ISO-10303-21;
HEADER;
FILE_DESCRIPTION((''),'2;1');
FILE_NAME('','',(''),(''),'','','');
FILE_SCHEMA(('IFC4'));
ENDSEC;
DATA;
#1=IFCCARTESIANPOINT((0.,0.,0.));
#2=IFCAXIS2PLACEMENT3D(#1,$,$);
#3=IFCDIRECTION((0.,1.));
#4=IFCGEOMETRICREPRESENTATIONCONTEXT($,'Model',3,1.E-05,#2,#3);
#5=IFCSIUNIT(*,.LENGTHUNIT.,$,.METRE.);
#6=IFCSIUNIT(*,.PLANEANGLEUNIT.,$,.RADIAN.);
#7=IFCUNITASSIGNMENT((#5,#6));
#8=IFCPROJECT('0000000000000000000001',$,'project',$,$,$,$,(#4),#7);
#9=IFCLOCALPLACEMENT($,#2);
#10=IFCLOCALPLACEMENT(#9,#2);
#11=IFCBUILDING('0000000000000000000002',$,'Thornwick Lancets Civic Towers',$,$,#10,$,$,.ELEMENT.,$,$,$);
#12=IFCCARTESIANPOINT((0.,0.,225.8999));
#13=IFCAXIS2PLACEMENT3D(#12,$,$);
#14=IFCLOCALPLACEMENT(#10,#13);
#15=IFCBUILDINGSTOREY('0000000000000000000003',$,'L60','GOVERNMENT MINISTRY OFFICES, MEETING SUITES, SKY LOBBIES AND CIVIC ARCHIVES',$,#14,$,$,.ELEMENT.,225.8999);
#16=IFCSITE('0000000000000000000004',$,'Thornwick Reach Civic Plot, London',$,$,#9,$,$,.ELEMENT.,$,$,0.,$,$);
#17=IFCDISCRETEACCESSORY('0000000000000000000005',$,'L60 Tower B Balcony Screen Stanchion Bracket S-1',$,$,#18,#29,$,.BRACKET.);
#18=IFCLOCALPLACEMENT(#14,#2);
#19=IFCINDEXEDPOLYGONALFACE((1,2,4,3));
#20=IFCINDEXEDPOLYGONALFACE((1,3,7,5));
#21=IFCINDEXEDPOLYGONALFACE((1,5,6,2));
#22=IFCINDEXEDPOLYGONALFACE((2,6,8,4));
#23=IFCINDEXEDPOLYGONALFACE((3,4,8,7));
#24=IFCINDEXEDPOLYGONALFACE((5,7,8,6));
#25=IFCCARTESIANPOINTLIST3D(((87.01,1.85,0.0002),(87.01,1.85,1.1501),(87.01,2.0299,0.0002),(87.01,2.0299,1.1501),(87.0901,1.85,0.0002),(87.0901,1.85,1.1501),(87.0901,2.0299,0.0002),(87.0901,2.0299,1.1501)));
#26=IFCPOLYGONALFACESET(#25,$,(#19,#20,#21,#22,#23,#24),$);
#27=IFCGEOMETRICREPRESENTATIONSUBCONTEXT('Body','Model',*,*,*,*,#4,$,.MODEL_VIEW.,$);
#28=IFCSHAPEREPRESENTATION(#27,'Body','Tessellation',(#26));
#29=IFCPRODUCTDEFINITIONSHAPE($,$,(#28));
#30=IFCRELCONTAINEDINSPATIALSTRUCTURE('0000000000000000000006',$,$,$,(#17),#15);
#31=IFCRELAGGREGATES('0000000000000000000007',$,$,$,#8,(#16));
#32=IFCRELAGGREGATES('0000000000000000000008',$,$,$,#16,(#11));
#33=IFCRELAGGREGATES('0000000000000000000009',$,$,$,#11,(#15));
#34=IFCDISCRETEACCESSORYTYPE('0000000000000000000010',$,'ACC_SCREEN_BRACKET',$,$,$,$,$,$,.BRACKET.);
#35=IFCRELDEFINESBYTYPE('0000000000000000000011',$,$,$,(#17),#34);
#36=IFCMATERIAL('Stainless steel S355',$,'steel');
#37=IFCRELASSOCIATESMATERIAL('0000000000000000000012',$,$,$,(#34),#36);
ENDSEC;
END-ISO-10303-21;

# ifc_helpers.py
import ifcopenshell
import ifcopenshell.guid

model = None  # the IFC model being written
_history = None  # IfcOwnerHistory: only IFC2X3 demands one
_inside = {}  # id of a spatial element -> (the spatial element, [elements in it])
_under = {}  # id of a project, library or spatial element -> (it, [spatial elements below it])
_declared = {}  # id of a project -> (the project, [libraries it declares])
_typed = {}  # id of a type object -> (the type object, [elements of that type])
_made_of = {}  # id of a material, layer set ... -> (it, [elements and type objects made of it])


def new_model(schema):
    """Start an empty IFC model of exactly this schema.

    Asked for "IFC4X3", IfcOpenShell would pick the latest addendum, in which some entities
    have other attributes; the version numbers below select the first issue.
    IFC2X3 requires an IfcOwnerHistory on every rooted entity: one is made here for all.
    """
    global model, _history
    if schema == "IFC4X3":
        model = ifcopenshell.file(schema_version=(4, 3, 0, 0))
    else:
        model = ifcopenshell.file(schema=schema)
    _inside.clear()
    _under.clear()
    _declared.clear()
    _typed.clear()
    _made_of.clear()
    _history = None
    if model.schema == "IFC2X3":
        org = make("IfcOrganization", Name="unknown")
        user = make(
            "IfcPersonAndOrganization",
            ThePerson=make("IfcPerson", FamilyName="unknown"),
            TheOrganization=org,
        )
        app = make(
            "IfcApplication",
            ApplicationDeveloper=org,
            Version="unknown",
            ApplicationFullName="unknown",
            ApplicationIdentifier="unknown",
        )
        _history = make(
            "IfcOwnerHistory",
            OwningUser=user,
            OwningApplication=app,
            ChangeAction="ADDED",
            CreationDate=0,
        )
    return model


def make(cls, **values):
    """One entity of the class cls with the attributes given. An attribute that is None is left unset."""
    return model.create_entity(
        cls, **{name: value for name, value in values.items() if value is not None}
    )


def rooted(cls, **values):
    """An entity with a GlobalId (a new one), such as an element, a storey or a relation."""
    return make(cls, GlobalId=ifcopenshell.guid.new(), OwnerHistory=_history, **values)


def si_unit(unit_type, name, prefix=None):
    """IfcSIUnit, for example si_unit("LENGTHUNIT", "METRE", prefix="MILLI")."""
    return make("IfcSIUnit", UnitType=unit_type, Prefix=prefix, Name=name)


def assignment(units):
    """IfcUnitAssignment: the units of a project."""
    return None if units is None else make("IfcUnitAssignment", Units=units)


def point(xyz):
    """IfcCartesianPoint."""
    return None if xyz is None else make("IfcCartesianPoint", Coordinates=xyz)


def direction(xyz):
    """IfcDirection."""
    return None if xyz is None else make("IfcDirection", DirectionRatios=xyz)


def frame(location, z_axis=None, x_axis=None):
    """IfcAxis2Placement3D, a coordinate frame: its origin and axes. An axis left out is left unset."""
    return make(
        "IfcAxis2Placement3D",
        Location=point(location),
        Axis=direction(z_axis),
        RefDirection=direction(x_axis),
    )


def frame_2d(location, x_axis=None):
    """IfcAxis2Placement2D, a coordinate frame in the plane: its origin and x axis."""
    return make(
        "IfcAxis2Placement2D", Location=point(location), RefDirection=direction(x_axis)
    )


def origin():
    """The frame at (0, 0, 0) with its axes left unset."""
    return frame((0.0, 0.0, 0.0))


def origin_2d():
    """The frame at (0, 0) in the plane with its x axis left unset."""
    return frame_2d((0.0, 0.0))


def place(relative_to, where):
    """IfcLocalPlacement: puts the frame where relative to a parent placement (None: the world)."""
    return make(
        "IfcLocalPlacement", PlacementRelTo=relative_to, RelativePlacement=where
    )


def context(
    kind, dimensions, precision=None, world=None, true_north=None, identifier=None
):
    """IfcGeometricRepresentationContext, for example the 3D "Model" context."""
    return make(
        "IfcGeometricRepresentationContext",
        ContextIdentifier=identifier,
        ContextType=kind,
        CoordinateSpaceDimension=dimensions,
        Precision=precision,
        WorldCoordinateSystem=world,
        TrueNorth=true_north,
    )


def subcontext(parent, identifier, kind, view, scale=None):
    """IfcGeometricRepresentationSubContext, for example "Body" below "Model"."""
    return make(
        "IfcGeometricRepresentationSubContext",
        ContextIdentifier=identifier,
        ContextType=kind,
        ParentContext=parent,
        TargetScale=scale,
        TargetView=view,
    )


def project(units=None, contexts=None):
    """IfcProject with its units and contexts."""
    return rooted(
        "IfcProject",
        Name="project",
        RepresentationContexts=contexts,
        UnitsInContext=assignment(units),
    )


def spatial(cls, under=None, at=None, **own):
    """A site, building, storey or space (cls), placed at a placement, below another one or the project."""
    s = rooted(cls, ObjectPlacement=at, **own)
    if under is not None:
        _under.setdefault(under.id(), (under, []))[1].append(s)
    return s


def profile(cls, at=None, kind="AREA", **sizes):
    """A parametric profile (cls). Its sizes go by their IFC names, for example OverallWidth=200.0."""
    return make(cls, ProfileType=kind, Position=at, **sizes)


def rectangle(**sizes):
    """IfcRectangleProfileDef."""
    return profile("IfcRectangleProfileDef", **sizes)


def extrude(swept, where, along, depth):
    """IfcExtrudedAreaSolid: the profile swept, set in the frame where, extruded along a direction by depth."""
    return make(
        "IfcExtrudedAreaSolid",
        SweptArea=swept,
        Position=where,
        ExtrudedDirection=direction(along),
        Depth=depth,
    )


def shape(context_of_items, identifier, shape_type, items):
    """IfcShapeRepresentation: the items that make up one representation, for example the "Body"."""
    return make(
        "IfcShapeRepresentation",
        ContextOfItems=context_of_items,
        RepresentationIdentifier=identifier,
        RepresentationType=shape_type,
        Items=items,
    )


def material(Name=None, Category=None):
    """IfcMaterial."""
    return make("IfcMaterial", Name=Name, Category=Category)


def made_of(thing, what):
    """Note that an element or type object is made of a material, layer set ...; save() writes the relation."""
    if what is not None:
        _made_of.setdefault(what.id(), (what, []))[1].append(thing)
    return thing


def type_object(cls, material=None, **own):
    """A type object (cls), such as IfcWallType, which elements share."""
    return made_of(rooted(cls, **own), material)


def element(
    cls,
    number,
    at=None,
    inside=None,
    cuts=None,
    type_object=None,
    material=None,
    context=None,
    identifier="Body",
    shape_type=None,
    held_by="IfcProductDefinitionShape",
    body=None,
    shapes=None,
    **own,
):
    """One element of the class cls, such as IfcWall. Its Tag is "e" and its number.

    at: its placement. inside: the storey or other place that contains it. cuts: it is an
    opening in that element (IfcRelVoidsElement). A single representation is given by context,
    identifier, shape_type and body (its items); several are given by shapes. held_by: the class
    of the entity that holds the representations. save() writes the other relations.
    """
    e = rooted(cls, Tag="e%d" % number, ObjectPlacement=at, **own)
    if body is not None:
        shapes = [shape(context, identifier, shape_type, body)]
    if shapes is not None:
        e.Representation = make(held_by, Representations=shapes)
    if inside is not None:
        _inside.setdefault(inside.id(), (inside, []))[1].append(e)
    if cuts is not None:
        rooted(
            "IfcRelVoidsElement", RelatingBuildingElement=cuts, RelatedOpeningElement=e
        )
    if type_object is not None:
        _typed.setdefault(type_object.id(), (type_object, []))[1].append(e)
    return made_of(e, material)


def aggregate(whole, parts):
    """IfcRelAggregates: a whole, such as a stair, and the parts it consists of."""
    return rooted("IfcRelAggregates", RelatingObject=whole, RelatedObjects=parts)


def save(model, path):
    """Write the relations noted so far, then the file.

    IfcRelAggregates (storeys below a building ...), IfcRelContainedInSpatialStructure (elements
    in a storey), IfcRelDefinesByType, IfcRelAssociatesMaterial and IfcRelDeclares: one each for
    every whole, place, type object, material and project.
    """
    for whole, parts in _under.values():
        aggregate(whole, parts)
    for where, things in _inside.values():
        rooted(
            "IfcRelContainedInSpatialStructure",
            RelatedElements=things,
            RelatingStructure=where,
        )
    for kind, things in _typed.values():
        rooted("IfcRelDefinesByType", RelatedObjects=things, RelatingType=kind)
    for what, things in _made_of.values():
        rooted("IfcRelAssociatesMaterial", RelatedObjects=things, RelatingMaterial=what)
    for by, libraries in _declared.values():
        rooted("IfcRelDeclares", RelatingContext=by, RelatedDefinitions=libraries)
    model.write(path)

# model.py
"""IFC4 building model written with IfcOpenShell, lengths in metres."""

from ifc_helpers import new_model, si_unit, direction, frame, origin, origin_2d, place, context, subcontext, project, spatial, rectangle, extrude, material, type_object, element, save


model = new_model("IFC4")

# Units and contexts
model_context = context("Model", 3, precision=1e-05, world=origin(), true_north=direction((0.0, 1.0)))
body_context = subcontext(model_context, "Body", "Model", "MODEL_VIEW")
ifc_project = project(units=[si_unit("LENGTHUNIT", "METRE"), si_unit("PLANEANGLEUNIT", "RADIAN")], contexts=[model_context])

# Site, building, storey
site_placement = place(None, origin())
site = spatial("IfcSite", under=ifc_project, at=site_placement, Name="Thornwick Reach Civic Plot, London", CompositionType="ELEMENT", RefElevation=0.0)
building_placement = place(site_placement, origin())
building = spatial("IfcBuilding", under=site, at=building_placement, Name="Thornwick Lancets Civic Towers", CompositionType="ELEMENT")
storey_placement = place(building_placement, frame((0.0, 0.0, 225.8999)))
storey = spatial("IfcBuildingStorey", under=building, at=storey_placement, Name="L60", Description="GOVERNMENT MINISTRY OFFICES, MEETING SUITES, SKY LOBBIES AND CIVIC ARCHIVES", CompositionType="ELEMENT", Elevation=225.8999)

# Discrete accessory
ifc_material_1 = material(Name="Stainless steel S355", Category="steel")
discrete_accessory_type = type_object("IfcDiscreteAccessoryType", Name="ACC_SCREEN_BRACKET", PredefinedType="BRACKET", material=ifc_material_1)
discrete_accessory_placement = place(storey_placement, frame((87.05, 1.9399, 0.0002), z_axis=(0.0, 0.0, 1.0), x_axis=(1.0, 0.0, 0.0)))
element("IfcDiscreteAccessory", 1, at=discrete_accessory_placement, inside=storey, type_object=discrete_accessory_type, Name="L60 Tower B Balcony Screen Stanchion Bracket S-1", PredefinedType="BRACKET", context=body_context, shape_type="SweptSolid", body=[
    extrude(rectangle(XDim=0.0801, YDim=0.1799, at=origin_2d()), origin(), (0.0, 0.0, 1.0), 1.1499),
])

save(model, "model.ifc")
